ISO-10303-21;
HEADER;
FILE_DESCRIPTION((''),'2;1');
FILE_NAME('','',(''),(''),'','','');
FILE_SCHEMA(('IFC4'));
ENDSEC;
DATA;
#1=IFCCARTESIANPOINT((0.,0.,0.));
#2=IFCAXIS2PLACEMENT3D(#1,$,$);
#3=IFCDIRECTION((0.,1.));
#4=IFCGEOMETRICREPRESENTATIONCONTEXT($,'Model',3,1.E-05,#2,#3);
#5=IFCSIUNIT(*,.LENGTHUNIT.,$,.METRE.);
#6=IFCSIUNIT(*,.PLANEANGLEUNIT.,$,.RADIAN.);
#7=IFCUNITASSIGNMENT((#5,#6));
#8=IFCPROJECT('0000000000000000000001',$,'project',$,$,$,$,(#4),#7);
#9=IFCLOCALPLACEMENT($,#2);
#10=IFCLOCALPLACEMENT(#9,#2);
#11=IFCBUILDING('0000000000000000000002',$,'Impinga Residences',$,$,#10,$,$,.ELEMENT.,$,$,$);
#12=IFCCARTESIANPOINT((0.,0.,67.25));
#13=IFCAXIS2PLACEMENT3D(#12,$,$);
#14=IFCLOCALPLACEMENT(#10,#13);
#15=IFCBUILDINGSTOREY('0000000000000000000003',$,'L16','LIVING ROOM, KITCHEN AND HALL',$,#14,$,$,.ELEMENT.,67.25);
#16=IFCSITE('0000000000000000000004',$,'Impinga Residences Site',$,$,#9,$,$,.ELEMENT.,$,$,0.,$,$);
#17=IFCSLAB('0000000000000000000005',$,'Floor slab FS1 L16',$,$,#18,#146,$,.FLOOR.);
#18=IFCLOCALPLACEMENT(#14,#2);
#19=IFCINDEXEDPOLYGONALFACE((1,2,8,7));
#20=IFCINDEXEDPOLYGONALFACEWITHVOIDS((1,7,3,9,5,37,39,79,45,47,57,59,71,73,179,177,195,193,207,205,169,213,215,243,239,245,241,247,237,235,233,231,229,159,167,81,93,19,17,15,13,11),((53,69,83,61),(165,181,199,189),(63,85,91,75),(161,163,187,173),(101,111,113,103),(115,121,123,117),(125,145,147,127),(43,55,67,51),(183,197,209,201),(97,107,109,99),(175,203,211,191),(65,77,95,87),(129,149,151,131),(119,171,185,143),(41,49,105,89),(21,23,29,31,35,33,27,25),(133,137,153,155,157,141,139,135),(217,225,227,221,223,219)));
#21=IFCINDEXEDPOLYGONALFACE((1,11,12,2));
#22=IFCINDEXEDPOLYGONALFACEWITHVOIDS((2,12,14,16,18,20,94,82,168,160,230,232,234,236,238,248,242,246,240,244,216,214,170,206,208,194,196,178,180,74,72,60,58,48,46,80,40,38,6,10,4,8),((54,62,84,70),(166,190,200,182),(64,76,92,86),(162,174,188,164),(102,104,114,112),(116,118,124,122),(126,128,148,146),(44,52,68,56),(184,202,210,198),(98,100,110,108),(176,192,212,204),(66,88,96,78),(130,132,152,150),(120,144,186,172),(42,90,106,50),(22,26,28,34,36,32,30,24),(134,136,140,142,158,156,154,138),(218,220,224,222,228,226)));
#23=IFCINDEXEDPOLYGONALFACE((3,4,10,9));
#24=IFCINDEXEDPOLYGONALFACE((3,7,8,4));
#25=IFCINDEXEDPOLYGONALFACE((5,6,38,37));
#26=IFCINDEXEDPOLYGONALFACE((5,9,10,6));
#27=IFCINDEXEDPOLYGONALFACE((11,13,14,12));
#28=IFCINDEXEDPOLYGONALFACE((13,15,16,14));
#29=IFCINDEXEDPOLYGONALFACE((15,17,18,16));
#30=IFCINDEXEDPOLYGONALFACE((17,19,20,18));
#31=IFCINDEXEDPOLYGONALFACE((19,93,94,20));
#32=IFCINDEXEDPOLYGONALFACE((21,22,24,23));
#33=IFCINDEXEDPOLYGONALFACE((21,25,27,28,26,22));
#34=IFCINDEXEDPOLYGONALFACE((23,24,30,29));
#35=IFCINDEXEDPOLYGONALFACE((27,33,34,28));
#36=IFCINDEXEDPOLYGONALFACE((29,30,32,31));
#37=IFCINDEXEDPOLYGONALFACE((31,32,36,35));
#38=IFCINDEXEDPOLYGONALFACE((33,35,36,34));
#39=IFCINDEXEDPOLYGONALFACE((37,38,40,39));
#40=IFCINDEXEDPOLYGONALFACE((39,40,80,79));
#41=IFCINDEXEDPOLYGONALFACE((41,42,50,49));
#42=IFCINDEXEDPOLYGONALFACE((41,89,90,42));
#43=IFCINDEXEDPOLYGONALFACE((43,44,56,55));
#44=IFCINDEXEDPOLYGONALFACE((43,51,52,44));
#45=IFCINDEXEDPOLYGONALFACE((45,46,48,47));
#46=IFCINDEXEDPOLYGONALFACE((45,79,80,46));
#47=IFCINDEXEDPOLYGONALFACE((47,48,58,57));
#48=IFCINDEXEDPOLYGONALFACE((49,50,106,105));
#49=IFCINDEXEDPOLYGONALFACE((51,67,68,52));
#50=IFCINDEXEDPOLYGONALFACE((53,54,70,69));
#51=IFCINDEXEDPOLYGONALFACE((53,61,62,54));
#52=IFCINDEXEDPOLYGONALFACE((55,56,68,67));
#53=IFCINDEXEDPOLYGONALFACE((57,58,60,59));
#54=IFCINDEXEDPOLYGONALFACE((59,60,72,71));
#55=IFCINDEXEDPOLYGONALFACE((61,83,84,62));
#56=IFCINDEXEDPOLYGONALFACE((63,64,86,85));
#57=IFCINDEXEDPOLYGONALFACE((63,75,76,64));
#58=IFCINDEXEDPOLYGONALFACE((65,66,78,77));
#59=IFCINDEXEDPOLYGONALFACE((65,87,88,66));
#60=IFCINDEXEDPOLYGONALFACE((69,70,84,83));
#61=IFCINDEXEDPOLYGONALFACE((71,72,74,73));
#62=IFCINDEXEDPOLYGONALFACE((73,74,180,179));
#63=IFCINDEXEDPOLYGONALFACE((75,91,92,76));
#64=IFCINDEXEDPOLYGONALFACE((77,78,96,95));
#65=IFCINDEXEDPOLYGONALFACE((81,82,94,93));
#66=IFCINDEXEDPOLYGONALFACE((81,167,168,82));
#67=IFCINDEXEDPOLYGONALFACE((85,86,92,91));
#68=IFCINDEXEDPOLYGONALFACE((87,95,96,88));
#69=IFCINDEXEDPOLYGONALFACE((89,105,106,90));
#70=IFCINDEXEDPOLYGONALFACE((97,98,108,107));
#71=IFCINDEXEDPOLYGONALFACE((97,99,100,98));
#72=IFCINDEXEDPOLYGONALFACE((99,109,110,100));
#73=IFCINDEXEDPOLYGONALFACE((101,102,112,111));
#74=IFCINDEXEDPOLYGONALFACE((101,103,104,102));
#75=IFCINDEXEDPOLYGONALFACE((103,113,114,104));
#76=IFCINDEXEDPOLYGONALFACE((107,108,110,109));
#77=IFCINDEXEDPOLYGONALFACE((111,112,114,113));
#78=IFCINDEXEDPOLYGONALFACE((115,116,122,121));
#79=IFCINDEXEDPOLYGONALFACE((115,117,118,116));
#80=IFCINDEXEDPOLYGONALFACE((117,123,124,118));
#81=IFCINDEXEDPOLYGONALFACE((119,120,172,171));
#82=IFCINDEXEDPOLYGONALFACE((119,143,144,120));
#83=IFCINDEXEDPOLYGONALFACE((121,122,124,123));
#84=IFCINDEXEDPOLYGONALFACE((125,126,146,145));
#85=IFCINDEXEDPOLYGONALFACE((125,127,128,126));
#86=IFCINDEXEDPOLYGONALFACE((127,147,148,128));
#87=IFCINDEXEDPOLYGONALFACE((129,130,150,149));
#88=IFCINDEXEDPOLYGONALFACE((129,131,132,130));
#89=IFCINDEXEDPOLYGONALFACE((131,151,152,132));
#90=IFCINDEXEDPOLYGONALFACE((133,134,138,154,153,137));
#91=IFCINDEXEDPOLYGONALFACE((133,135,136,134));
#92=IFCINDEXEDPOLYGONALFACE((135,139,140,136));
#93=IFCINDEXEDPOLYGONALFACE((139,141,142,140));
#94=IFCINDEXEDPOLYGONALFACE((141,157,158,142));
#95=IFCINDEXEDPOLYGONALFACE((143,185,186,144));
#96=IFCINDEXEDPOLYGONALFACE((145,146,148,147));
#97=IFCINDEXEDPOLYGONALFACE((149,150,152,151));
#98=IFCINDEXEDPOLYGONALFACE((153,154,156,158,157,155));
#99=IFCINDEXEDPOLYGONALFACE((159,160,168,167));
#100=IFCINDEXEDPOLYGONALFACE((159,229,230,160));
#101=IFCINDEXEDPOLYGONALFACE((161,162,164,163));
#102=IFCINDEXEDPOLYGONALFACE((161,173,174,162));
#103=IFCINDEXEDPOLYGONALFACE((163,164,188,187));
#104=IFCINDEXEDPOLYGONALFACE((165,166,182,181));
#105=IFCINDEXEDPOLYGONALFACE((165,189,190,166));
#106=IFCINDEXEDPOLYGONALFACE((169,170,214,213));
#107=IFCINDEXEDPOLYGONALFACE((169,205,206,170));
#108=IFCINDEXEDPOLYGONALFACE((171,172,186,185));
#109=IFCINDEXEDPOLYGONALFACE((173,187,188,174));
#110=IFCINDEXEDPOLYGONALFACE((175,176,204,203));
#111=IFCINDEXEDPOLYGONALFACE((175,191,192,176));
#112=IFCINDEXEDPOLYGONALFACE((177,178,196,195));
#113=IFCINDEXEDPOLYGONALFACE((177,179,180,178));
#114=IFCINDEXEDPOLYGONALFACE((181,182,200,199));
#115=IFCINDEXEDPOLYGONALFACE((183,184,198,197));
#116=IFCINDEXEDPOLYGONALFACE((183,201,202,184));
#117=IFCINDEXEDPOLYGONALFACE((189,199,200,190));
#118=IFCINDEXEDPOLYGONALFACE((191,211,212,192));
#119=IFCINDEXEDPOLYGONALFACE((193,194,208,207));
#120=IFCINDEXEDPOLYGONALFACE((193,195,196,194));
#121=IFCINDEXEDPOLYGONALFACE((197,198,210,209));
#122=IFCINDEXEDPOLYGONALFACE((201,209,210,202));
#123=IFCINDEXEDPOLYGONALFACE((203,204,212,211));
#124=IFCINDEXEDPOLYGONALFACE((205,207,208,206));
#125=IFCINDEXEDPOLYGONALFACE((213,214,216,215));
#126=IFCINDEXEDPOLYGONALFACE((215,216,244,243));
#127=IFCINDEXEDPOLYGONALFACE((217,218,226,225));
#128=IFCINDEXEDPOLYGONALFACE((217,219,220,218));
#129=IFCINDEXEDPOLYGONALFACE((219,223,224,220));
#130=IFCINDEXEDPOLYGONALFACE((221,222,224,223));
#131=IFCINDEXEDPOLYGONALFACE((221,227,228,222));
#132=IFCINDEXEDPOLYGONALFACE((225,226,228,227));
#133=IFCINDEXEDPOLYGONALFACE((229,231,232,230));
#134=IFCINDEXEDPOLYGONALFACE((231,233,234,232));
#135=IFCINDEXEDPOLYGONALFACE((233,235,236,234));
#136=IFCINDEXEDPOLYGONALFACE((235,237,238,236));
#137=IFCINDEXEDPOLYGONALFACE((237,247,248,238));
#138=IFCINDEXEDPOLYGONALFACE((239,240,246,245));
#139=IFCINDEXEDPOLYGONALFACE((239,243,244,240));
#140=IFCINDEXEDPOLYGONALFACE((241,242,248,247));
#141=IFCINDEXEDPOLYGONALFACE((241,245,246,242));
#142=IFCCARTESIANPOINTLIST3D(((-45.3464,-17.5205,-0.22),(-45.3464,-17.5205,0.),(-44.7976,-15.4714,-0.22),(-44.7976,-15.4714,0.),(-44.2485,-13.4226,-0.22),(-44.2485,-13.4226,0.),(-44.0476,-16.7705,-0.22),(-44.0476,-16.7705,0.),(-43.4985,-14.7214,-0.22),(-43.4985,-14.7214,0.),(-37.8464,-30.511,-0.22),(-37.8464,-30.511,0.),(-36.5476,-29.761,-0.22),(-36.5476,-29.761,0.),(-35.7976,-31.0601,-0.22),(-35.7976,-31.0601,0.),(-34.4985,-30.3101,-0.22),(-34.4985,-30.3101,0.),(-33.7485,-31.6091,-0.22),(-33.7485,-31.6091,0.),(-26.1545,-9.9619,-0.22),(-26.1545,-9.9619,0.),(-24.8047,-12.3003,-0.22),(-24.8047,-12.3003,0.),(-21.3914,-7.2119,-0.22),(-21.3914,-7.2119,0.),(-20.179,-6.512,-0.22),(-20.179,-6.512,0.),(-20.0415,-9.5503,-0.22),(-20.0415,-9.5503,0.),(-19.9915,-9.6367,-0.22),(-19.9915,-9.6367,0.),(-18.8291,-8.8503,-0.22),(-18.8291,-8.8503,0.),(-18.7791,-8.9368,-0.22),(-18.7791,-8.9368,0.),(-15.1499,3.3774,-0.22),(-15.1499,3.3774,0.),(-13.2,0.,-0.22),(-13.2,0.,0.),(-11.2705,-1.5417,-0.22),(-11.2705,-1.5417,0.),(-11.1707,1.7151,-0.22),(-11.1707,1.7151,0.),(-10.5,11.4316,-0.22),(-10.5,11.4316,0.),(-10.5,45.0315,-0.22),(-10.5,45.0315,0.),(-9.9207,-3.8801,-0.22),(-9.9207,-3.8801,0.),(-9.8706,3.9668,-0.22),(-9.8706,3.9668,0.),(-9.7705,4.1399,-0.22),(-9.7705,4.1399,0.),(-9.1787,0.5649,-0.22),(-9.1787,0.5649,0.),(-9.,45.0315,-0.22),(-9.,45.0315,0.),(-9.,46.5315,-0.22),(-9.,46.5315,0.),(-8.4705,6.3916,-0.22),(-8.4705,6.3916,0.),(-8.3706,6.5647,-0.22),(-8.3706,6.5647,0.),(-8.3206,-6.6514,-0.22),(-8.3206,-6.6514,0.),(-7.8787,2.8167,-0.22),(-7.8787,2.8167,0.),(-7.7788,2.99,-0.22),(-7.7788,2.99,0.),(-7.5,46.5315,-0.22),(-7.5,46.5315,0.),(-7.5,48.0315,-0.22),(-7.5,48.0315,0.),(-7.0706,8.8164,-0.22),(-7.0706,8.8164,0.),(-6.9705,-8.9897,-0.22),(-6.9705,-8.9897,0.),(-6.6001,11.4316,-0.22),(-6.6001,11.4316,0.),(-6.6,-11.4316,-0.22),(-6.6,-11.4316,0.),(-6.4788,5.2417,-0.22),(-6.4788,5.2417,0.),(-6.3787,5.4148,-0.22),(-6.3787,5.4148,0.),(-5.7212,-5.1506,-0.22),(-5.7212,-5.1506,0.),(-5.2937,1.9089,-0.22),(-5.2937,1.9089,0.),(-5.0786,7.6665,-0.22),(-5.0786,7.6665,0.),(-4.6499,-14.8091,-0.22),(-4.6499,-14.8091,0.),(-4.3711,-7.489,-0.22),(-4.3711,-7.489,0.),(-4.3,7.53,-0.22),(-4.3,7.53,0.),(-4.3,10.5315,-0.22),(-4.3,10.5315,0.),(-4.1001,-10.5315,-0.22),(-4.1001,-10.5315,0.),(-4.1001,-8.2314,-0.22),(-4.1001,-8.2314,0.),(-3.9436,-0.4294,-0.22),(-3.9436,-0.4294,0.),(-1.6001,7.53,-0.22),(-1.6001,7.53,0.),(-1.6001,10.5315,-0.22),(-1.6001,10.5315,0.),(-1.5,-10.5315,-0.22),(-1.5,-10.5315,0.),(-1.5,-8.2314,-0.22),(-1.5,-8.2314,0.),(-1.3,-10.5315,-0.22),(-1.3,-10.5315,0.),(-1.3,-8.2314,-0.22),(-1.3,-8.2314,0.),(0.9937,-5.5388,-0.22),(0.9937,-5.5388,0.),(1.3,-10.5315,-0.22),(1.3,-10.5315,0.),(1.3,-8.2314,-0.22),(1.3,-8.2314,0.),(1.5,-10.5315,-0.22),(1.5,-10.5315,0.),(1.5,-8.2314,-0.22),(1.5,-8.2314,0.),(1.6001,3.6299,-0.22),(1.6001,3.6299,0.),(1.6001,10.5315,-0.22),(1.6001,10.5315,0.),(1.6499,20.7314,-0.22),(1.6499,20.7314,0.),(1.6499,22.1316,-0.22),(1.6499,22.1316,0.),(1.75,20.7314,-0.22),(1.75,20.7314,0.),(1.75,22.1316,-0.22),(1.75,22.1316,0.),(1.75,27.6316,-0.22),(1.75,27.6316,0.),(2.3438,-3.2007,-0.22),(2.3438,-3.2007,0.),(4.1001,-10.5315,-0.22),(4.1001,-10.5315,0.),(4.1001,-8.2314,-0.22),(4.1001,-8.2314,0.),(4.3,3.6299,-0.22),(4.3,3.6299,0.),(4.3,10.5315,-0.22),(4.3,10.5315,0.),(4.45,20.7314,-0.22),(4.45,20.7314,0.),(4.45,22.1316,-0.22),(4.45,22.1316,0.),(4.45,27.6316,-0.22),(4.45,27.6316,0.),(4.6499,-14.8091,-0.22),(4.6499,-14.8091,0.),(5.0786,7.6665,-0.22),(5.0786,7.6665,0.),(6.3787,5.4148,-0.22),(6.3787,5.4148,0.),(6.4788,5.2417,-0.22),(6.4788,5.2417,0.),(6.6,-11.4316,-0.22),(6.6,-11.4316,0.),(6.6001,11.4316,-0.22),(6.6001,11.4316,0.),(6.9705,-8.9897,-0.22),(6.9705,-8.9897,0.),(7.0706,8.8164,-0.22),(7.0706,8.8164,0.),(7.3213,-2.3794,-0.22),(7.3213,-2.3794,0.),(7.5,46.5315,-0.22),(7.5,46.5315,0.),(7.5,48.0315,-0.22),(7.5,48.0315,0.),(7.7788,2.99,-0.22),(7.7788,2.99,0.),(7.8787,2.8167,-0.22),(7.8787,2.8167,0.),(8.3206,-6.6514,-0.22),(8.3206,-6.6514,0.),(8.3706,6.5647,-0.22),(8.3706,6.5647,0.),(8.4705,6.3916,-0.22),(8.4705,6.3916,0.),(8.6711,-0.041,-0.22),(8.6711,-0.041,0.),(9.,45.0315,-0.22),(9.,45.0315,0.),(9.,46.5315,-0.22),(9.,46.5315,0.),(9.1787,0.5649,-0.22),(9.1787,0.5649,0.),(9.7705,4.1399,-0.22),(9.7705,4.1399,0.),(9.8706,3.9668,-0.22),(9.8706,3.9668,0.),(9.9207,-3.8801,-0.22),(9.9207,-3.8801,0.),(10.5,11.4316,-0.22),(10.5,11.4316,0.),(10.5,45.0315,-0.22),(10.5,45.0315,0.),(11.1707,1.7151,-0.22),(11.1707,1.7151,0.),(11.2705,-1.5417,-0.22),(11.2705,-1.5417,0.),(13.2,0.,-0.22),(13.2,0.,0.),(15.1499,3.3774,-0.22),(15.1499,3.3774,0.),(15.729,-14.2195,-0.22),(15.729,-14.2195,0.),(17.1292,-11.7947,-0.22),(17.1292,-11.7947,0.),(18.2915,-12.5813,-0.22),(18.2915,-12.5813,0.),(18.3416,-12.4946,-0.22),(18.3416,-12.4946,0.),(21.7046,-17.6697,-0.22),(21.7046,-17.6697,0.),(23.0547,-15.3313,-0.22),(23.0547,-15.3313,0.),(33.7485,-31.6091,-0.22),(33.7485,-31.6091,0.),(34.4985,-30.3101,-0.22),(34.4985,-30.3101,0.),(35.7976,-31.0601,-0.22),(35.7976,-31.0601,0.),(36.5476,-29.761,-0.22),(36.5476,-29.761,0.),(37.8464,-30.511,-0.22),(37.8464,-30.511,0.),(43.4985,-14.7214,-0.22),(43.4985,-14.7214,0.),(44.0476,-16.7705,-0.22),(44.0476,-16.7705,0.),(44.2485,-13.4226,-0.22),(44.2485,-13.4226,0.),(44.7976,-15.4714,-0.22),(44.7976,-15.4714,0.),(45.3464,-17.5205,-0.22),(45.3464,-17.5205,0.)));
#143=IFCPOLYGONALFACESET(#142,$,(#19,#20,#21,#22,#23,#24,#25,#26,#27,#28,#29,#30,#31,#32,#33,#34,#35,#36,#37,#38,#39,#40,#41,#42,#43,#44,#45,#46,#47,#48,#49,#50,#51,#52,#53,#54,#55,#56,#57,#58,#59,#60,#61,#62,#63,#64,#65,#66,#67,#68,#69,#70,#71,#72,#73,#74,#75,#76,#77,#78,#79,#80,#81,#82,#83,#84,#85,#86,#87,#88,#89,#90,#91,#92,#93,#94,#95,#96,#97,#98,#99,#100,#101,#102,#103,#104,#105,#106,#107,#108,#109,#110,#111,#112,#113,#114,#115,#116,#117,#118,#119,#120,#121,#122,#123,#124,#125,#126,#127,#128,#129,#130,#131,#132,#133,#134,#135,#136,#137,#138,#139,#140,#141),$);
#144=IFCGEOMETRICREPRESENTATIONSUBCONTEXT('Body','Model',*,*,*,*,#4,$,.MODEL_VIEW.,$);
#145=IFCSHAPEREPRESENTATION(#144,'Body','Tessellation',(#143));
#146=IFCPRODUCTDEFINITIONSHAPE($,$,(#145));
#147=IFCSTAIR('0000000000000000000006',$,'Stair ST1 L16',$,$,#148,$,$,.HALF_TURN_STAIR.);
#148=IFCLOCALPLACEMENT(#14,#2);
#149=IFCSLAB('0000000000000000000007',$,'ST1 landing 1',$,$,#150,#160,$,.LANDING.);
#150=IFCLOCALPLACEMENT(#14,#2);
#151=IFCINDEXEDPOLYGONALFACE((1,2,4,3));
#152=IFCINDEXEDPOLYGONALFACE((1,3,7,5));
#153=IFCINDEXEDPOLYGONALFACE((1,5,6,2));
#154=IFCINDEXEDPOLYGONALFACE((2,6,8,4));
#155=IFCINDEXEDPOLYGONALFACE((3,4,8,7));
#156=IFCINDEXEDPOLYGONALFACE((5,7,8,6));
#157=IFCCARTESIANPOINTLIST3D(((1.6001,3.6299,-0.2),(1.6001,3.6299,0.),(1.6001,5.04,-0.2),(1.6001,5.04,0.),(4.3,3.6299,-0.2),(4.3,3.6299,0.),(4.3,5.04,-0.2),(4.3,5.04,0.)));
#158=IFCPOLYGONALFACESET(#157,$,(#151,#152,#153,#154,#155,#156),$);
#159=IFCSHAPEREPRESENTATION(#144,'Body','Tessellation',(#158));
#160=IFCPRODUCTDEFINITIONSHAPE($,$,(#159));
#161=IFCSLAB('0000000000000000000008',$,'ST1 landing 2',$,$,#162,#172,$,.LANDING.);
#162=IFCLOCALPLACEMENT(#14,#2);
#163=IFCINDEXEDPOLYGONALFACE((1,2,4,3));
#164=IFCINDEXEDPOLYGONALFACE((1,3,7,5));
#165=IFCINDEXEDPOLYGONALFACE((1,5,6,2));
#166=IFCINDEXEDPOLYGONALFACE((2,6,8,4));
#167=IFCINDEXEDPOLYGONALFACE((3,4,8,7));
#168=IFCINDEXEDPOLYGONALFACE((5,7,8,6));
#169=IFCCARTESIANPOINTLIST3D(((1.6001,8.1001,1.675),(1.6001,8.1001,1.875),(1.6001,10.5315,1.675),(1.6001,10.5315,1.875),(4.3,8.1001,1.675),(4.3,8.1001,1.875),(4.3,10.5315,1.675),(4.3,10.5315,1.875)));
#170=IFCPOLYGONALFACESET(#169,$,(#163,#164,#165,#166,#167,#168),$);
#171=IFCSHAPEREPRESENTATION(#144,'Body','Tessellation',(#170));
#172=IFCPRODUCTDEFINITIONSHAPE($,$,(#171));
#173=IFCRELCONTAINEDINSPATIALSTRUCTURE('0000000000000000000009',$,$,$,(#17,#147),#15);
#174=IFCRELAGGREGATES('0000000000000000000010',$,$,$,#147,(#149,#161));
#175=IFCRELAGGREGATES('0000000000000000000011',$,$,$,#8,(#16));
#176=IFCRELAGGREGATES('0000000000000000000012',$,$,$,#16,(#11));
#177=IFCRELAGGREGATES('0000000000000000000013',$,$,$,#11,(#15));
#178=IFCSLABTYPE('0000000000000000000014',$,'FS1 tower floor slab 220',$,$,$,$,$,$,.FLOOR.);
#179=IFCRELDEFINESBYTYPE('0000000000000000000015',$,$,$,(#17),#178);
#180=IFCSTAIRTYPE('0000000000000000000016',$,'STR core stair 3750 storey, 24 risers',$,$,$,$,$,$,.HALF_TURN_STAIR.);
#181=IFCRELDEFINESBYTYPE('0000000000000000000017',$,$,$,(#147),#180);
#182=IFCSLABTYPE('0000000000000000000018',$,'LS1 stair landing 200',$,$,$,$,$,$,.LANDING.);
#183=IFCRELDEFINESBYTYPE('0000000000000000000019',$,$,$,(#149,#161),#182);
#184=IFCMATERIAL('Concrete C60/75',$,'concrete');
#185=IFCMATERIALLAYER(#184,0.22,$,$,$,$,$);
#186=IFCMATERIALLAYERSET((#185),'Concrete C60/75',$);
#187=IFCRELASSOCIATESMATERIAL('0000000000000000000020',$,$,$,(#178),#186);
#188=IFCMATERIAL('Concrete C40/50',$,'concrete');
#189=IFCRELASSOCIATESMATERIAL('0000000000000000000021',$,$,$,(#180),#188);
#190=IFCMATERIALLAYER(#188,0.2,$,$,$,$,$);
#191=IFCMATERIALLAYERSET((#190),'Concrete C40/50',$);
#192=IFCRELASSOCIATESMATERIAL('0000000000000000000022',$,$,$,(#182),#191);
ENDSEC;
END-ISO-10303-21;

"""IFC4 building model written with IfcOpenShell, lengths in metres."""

from ifc_helpers import new_model, si_unit, direction, frame, origin, place, context, subcontext, project, spatial, polyline, outline, extrude, material, layer, layer_set, type_object, element, aggregate, save


model = new_model("IFC4")

# Units and contexts
model_context = context("Model", 3, precision=1e-05, world=origin(), true_north=direction((0.0, 1.0)))
body_context = subcontext(model_context, "Body", "Model", "MODEL_VIEW")
ifc_project = project(units=[si_unit("LENGTHUNIT", "METRE"), si_unit("PLANEANGLEUNIT", "RADIAN")], contexts=[model_context])

# Site, building, storey
site_placement = place(None, origin())
site = spatial("IfcSite", under=ifc_project, at=site_placement, Name="Impinga Residences Site", CompositionType="ELEMENT", RefElevation=0.0)
building_placement = place(site_placement, origin())
building = spatial("IfcBuilding", under=site, at=building_placement, Name="Impinga Residences", CompositionType="ELEMENT")
storey_placement = place(building_placement, frame((0.0, 0.0, 67.25)))
storey = spatial("IfcBuildingStorey", under=building, at=storey_placement, Name="L16", Description="LIVING ROOM, KITCHEN AND HALL", CompositionType="ELEMENT", Elevation=67.25)

# Slab
ifc_material_1 = material(Name="Concrete C60/75", Category="concrete")
ifc_layer_1 = layer(ifc_material_1, 0.22)
ifc_layer_set_1 = layer_set([ifc_layer_1], Name="Concrete C60/75")
slab_type_1 = type_object("IfcSlabType", Name="FS1 tower floor slab 220", PredefinedType="FLOOR", material=ifc_layer_set_1)
slab_1_placement = place(storey_placement, frame((0.0, 0.0, -0.22)))
element("IfcSlab", 1, at=slab_1_placement, inside=storey, type_object=slab_type_1, Name="Floor slab FS1 L16", PredefinedType="FLOOR", context=body_context, shape_type="SweptSolid", body=[
    extrude(outline(polyline([(-34.4985, -30.3101), (-35.7976, -31.0601), (-36.5476, -29.761), (-37.8464, -30.511), (-45.3464, -17.5205), (-44.0476, -16.7705), (-44.7976, -15.4714), (-43.4985, -14.7214), (-44.2485, -13.4226), (-15.1499, 3.3774), (-13.2, 0.0), (-6.6001, 11.4316), (-10.5, 11.4316), (-10.5, 45.0315), (-9.0, 45.0315), (-9.0, 46.5315), (-7.5, 46.5315), (-7.5, 48.0315), (7.5, 48.0315), (7.5, 46.5315), (9.0, 46.5315), (9.0, 45.0315), (10.5, 45.0315), (10.5, 11.4316), (6.6001, 11.4316), (13.2, 0.0), (15.1499, 3.3774), (44.2485, -13.4226), (43.4985, -14.7214), (44.7976, -15.4714), (44.0476, -16.7705), (45.3464, -17.5205), (37.8464, -30.511), (36.5476, -29.761), (35.7976, -31.0601), (34.4985, -30.3101), (33.7485, -31.6091), (4.6499, -14.8091), (9.9001, -5.7158), (6.6001, -11.4316), (-6.6001, -11.4316), (-9.9001, -5.7158), (-4.6499, -14.8091), (-33.7485, -31.6091), (-34.4985, -30.3101)]), holes=[polyline([(-21.3914, -7.2119), (-26.1545, -9.9619), (-24.8047, -12.3003), (-20.0415, -9.5503), (-19.9915, -9.6367), (-18.7791, -8.9368), (-18.8291, -8.8503), (-18.8291, -8.8503), (-20.179, -6.512), (-21.3914, -7.2119), (-21.3914, -7.2119)]), polyline([(-1.5, -8.2314), (-4.1001, -8.2314), (-4.1001, -10.5315), (-1.5, -10.5315), (-1.5, -8.2314)]), polyline([(1.3, -8.2314), (-1.3, -8.2314), (-1.3, -10.5315), (1.3, -10.5315), (1.3, -8.2314)]), polyline([(1.5, -8.2314), (1.5, -10.5315), (4.1001, -10.5315), (4.1001, -8.2314), (1.5, -8.2314)]), polyline([(-5.7212, -5.1506), (-8.3206, -6.6514), (-6.9705, -8.9897), (-4.3711, -7.489), (-5.7212, -5.1506)]), polyline([(-3.9436, -0.4294), (-5.2937, 1.9089), (-11.2705, -1.5417), (-9.9207, -3.8801), (-3.9436, -0.4294)]), polyline([(-9.1787, 0.5649), (-7.8787, 2.8167), (-9.8706, 3.9668), (-11.1707, 1.7151), (-9.1787, 0.5649)]), polyline([(-6.4788, 5.2417), (-8.4705, 6.3916), (-9.7705, 4.1399), (-7.7788, 2.99), (-6.4788, 5.2417)]), polyline([(-6.3787, 5.4148), (-5.0786, 7.6665), (-7.0706, 8.8164), (-8.3706, 6.5647), (-6.3787, 5.4148)]), polyline([(-4.3, 7.53), (-1.6001, 7.53), (-1.6001, 10.5315), (-4.3, 10.5315), (-4.3, 7.53)]), polyline([(15.729, -14.2195), (21.7046, -17.6697), (23.0547, -15.3313), (18.2915, -12.5813), (18.3416, -12.4946), (17.1292, -11.7947), (15.729, -14.2195)]), polyline([(0.9937, -5.5388), (6.9705, -8.9897), (8.3206, -6.6514), (2.3438, -3.2007), (0.9937, -5.5388)]), polyline([(8.6711, -0.041), (7.3213, -2.3794), (9.9207, -3.8801), (11.2705, -1.5417), (8.6711, -0.041)]), polyline([(7.8787, 2.8167), (9.1787, 0.5649), (11.1707, 1.7151), (9.8706, 3.9668), (7.8787, 2.8167)]), polyline([(7.7788, 2.99), (9.7705, 4.1399), (8.4705, 6.3916), (6.4788, 5.2417), (7.7788, 2.99)]), polyline([(1.6001, 3.6299), (4.3, 3.6299), (4.3, 10.5315), (1.6001, 10.5315), (1.6001, 3.6299)]), polyline([(5.0786, 7.6665), (6.3787, 5.4148), (8.3706, 6.5647), (7.0706, 8.8164), (5.0786, 7.6665)]), polyline([(1.75, 22.1316), (1.6499, 22.1316), (1.6499, 20.7314), (1.75, 20.7314), (4.45, 20.7314), (4.45, 22.1316), (4.45, 27.6316), (1.75, 27.6316), (1.75, 22.1316)])]), origin(), (0.0, 0.0, 1.0), 0.22),
])

# Stair, slabs
ifc_material_2 = material(Name="Concrete C40/50", Category="concrete")
stair_type = type_object("IfcStairType", Name="STR core stair 3750 storey, 24 risers", PredefinedType="HALF_TURN_STAIR", material=ifc_material_2)
stair_1_placement = place(storey_placement, origin())
stair_1 = element("IfcStair", 2, at=stair_1_placement, inside=storey, type_object=stair_type, Name="Stair ST1 L16", PredefinedType="HALF_TURN_STAIR")
ifc_layer_2 = layer(ifc_material_2, 0.2)
ifc_layer_set_2 = layer_set([ifc_layer_2], Name="Concrete C40/50")
slab_type_2 = type_object("IfcSlabType", Name="LS1 stair landing 200", PredefinedType="LANDING", material=ifc_layer_set_2)
slab_2_placement = place(storey_placement, frame((0.0, 0.0, -0.2)))
slab_2 = element("IfcSlab", 3, at=slab_2_placement, type_object=slab_type_2, Name="ST1 landing 1", PredefinedType="LANDING", context=body_context, shape_type="SweptSolid", body=[
    extrude(outline(polyline([(1.6001, 3.6299), (4.3, 3.6299), (4.3, 5.04), (1.6001, 5.04), (1.6001, 3.6299)])), origin(), (0.0, 0.0, 1.0), 0.2),
])
slab_3_placement = place(storey_placement, frame((0.0, 0.0, 1.675)))
slab_3 = element("IfcSlab", 4, at=slab_3_placement, type_object=slab_type_2, Name="ST1 landing 2", PredefinedType="LANDING", context=body_context, shape_type="SweptSolid", body=[
    extrude(outline(polyline([(1.6001, 8.1001), (4.3, 8.1001), (4.3, 10.5315), (1.6001, 10.5315), (1.6001, 8.1001)])), origin(), (0.0, 0.0, 1.0), 0.2),
])
aggregate(stair_1, [slab_2, slab_3])

save(model, "model.ifc")
